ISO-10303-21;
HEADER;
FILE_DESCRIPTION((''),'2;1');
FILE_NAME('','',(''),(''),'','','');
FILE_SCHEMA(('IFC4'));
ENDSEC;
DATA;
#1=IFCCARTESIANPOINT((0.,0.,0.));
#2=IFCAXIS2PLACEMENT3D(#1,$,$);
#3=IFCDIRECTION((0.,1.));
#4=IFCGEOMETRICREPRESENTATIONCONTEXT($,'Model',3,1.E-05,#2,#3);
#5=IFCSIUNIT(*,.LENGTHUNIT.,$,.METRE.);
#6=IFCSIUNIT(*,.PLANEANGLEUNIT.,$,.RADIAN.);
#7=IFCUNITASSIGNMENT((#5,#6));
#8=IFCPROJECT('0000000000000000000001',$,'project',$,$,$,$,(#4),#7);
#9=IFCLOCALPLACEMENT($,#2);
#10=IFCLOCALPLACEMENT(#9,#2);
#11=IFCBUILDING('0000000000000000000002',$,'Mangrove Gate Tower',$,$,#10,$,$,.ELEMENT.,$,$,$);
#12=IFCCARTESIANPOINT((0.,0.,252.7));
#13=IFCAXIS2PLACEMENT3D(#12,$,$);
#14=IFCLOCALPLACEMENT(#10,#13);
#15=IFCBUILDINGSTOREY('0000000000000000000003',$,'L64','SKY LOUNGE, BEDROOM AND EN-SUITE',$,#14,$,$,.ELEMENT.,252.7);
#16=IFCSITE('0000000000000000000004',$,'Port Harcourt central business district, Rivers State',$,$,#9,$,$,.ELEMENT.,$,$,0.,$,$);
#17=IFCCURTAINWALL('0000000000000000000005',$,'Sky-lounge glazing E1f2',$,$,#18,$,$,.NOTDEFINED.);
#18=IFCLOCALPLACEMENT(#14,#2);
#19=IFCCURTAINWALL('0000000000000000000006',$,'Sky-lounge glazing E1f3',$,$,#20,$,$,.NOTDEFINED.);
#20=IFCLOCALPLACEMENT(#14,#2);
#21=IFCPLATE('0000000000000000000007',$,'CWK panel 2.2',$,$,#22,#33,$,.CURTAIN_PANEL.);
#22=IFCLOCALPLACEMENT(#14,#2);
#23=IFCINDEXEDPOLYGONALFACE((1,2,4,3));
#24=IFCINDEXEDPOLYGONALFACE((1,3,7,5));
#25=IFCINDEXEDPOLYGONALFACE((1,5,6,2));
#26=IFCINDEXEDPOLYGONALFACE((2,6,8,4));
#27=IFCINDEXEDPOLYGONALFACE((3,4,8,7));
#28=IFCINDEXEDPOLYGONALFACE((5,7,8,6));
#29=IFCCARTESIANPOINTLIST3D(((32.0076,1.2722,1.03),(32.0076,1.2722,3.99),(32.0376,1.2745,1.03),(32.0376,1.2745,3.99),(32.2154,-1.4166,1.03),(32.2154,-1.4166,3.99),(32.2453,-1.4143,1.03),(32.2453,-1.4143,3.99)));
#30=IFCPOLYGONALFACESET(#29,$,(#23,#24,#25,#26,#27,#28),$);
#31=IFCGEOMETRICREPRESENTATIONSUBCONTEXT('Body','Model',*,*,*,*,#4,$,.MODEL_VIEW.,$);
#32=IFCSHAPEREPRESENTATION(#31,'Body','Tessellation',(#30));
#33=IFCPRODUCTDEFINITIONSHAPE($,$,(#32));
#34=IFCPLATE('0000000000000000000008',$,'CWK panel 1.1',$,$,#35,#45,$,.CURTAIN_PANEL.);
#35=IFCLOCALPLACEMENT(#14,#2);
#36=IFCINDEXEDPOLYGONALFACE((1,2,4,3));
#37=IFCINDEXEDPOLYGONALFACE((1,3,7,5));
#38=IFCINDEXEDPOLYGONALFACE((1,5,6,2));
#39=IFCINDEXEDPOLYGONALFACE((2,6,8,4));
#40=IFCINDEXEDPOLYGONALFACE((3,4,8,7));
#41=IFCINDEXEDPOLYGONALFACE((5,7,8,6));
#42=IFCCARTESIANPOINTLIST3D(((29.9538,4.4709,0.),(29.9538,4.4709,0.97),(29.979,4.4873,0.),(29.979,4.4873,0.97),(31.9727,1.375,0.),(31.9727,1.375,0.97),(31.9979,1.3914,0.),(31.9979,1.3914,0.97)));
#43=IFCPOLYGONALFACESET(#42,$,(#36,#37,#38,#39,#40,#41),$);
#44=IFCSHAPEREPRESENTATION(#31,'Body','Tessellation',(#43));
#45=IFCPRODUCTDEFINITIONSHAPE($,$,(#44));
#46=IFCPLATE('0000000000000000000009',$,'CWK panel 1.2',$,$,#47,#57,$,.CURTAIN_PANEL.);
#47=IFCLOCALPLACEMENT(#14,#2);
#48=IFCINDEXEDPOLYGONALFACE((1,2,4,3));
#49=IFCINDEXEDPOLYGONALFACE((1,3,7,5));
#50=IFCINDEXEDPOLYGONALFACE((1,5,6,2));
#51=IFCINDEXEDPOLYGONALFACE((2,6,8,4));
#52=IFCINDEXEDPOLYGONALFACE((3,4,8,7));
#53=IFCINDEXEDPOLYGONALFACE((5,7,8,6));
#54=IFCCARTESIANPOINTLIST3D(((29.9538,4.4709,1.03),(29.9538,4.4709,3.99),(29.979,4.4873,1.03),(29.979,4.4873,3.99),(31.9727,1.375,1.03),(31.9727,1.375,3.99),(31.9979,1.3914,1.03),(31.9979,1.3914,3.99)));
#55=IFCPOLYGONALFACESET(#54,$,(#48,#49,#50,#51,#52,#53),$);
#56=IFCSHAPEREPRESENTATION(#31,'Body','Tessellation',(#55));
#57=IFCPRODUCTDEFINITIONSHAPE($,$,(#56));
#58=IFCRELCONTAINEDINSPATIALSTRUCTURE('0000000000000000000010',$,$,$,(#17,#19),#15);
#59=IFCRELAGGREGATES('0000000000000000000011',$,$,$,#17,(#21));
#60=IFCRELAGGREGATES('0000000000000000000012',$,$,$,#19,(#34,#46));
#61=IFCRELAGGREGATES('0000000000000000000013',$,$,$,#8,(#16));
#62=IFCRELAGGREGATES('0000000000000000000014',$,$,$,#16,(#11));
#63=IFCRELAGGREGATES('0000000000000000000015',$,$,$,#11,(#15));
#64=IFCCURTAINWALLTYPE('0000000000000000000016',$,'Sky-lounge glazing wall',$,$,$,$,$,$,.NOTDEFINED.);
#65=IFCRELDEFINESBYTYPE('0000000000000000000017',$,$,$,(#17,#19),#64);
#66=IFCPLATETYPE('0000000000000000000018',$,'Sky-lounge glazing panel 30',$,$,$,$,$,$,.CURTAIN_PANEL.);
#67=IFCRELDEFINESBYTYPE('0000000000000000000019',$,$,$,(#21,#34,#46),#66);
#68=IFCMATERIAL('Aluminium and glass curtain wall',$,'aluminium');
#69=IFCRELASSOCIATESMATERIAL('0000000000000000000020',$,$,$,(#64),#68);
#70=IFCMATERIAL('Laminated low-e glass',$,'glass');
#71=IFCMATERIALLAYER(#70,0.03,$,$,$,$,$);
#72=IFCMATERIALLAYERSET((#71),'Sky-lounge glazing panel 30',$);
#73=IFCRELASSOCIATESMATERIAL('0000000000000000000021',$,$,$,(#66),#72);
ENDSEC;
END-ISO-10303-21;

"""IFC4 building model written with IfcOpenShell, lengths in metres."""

from ifc_helpers import new_model, si_unit, direction, frame, origin, origin_2d, place, context, subcontext, project, spatial, rectangle, extrude, material, layer, layer_set, type_object, element, aggregate, save


model = new_model("IFC4")

# Units and contexts
model_context = context("Model", 3, precision=1e-05, world=origin(), true_north=direction((0.0, 1.0)))
body_context = subcontext(model_context, "Body", "Model", "MODEL_VIEW")
ifc_project = project(units=[si_unit("LENGTHUNIT", "METRE"), si_unit("PLANEANGLEUNIT", "RADIAN")], contexts=[model_context])

# Site, building, storey
site_placement = place(None, origin())
site = spatial("IfcSite", under=ifc_project, at=site_placement, Name="Port Harcourt central business district, Rivers State", CompositionType="ELEMENT", RefElevation=0.0)
building_placement = place(site_placement, origin())
building = spatial("IfcBuilding", under=site, at=building_placement, Name="Mangrove Gate Tower", CompositionType="ELEMENT")
storey_placement = place(building_placement, frame((0.0, 0.0, 252.7)))
storey = spatial("IfcBuildingStorey", under=building, at=storey_placement, Name="L64", Description="SKY LOUNGE, BEDROOM AND EN-SUITE", CompositionType="ELEMENT", Elevation=252.7)

# Curtain walls
ifc_material_1 = material(Name="Aluminium and glass curtain wall", Category="aluminium")
curtain_wall_type = type_object("IfcCurtainWallType", Name="Sky-lounge glazing wall", PredefinedType="NOTDEFINED", material=ifc_material_1)
curtain_wall_1_placement = place(storey_placement, origin())
curtain_wall_1 = element("IfcCurtainWall", 1, at=curtain_wall_1_placement, inside=storey, type_object=curtain_wall_type, Name="Sky-lounge glazing E1f2", PredefinedType="NOTDEFINED")
curtain_wall_2_placement = place(storey_placement, origin())
curtain_wall_2 = element("IfcCurtainWall", 2, at=curtain_wall_2_placement, inside=storey, type_object=curtain_wall_type, Name="Sky-lounge glazing E1f3", PredefinedType="NOTDEFINED")

# Plates
ifc_material_2 = material(Name="Laminated low-e glass", Category="glass")
ifc_layer_1 = layer(ifc_material_2, 0.03)
ifc_layer_set_1 = layer_set([ifc_layer_1], Name="Sky-lounge glazing panel 30")
plate_type = type_object("IfcPlateType", Name="Sky-lounge glazing panel 30", PredefinedType="CURTAIN_PANEL", material=ifc_layer_set_1)
plate_1_placement = place(storey_placement, frame((32.1265, -0.071, 1.03), z_axis=(0.0, 0.0, 1.0), x_axis=(-0.077023, 0.997029, 0.0)))
plate_1 = element("IfcPlate", 3, at=plate_1_placement, type_object=plate_type, Name="CWK panel 2.2", PredefinedType="CURTAIN_PANEL", context=body_context, shape_type="SweptSolid", body=[
    extrude(rectangle(XDim=2.6968, YDim=0.03, at=origin_2d()), origin(), (0.0, 0.0, 1.0), 2.96),
])
aggregate(curtain_wall_1, [plate_1])
plate_2_placement = place(storey_placement, frame((30.9758, 2.9312, 0.0), z_axis=(0.0, 0.0, 1.0), x_axis=(-0.546235, 0.837632, 0.0)))
plate_2 = element("IfcPlate", 4, at=plate_2_placement, type_object=plate_type, Name="CWK panel 1.1", PredefinedType="CURTAIN_PANEL", context=body_context, shape_type="SweptSolid", body=[
    extrude(rectangle(XDim=3.696, YDim=0.03, at=origin_2d()), origin(), (0.0, 0.0, 1.0), 0.97),
])
plate_3_placement = place(storey_placement, frame((30.9758, 2.9312, 1.03), z_axis=(0.0, 0.0, 1.0), x_axis=(-0.546235, 0.837632, 0.0)))
plate_3 = element("IfcPlate", 5, at=plate_3_placement, type_object=plate_type, Name="CWK panel 1.2", PredefinedType="CURTAIN_PANEL", context=body_context, shape_type="SweptSolid", body=[
    extrude(rectangle(XDim=3.696, YDim=0.03, at=origin_2d()), origin(), (0.0, 0.0, 1.0), 2.96),
])
aggregate(curtain_wall_2, [plate_2, plate_3])

save(model, "model.ifc")
